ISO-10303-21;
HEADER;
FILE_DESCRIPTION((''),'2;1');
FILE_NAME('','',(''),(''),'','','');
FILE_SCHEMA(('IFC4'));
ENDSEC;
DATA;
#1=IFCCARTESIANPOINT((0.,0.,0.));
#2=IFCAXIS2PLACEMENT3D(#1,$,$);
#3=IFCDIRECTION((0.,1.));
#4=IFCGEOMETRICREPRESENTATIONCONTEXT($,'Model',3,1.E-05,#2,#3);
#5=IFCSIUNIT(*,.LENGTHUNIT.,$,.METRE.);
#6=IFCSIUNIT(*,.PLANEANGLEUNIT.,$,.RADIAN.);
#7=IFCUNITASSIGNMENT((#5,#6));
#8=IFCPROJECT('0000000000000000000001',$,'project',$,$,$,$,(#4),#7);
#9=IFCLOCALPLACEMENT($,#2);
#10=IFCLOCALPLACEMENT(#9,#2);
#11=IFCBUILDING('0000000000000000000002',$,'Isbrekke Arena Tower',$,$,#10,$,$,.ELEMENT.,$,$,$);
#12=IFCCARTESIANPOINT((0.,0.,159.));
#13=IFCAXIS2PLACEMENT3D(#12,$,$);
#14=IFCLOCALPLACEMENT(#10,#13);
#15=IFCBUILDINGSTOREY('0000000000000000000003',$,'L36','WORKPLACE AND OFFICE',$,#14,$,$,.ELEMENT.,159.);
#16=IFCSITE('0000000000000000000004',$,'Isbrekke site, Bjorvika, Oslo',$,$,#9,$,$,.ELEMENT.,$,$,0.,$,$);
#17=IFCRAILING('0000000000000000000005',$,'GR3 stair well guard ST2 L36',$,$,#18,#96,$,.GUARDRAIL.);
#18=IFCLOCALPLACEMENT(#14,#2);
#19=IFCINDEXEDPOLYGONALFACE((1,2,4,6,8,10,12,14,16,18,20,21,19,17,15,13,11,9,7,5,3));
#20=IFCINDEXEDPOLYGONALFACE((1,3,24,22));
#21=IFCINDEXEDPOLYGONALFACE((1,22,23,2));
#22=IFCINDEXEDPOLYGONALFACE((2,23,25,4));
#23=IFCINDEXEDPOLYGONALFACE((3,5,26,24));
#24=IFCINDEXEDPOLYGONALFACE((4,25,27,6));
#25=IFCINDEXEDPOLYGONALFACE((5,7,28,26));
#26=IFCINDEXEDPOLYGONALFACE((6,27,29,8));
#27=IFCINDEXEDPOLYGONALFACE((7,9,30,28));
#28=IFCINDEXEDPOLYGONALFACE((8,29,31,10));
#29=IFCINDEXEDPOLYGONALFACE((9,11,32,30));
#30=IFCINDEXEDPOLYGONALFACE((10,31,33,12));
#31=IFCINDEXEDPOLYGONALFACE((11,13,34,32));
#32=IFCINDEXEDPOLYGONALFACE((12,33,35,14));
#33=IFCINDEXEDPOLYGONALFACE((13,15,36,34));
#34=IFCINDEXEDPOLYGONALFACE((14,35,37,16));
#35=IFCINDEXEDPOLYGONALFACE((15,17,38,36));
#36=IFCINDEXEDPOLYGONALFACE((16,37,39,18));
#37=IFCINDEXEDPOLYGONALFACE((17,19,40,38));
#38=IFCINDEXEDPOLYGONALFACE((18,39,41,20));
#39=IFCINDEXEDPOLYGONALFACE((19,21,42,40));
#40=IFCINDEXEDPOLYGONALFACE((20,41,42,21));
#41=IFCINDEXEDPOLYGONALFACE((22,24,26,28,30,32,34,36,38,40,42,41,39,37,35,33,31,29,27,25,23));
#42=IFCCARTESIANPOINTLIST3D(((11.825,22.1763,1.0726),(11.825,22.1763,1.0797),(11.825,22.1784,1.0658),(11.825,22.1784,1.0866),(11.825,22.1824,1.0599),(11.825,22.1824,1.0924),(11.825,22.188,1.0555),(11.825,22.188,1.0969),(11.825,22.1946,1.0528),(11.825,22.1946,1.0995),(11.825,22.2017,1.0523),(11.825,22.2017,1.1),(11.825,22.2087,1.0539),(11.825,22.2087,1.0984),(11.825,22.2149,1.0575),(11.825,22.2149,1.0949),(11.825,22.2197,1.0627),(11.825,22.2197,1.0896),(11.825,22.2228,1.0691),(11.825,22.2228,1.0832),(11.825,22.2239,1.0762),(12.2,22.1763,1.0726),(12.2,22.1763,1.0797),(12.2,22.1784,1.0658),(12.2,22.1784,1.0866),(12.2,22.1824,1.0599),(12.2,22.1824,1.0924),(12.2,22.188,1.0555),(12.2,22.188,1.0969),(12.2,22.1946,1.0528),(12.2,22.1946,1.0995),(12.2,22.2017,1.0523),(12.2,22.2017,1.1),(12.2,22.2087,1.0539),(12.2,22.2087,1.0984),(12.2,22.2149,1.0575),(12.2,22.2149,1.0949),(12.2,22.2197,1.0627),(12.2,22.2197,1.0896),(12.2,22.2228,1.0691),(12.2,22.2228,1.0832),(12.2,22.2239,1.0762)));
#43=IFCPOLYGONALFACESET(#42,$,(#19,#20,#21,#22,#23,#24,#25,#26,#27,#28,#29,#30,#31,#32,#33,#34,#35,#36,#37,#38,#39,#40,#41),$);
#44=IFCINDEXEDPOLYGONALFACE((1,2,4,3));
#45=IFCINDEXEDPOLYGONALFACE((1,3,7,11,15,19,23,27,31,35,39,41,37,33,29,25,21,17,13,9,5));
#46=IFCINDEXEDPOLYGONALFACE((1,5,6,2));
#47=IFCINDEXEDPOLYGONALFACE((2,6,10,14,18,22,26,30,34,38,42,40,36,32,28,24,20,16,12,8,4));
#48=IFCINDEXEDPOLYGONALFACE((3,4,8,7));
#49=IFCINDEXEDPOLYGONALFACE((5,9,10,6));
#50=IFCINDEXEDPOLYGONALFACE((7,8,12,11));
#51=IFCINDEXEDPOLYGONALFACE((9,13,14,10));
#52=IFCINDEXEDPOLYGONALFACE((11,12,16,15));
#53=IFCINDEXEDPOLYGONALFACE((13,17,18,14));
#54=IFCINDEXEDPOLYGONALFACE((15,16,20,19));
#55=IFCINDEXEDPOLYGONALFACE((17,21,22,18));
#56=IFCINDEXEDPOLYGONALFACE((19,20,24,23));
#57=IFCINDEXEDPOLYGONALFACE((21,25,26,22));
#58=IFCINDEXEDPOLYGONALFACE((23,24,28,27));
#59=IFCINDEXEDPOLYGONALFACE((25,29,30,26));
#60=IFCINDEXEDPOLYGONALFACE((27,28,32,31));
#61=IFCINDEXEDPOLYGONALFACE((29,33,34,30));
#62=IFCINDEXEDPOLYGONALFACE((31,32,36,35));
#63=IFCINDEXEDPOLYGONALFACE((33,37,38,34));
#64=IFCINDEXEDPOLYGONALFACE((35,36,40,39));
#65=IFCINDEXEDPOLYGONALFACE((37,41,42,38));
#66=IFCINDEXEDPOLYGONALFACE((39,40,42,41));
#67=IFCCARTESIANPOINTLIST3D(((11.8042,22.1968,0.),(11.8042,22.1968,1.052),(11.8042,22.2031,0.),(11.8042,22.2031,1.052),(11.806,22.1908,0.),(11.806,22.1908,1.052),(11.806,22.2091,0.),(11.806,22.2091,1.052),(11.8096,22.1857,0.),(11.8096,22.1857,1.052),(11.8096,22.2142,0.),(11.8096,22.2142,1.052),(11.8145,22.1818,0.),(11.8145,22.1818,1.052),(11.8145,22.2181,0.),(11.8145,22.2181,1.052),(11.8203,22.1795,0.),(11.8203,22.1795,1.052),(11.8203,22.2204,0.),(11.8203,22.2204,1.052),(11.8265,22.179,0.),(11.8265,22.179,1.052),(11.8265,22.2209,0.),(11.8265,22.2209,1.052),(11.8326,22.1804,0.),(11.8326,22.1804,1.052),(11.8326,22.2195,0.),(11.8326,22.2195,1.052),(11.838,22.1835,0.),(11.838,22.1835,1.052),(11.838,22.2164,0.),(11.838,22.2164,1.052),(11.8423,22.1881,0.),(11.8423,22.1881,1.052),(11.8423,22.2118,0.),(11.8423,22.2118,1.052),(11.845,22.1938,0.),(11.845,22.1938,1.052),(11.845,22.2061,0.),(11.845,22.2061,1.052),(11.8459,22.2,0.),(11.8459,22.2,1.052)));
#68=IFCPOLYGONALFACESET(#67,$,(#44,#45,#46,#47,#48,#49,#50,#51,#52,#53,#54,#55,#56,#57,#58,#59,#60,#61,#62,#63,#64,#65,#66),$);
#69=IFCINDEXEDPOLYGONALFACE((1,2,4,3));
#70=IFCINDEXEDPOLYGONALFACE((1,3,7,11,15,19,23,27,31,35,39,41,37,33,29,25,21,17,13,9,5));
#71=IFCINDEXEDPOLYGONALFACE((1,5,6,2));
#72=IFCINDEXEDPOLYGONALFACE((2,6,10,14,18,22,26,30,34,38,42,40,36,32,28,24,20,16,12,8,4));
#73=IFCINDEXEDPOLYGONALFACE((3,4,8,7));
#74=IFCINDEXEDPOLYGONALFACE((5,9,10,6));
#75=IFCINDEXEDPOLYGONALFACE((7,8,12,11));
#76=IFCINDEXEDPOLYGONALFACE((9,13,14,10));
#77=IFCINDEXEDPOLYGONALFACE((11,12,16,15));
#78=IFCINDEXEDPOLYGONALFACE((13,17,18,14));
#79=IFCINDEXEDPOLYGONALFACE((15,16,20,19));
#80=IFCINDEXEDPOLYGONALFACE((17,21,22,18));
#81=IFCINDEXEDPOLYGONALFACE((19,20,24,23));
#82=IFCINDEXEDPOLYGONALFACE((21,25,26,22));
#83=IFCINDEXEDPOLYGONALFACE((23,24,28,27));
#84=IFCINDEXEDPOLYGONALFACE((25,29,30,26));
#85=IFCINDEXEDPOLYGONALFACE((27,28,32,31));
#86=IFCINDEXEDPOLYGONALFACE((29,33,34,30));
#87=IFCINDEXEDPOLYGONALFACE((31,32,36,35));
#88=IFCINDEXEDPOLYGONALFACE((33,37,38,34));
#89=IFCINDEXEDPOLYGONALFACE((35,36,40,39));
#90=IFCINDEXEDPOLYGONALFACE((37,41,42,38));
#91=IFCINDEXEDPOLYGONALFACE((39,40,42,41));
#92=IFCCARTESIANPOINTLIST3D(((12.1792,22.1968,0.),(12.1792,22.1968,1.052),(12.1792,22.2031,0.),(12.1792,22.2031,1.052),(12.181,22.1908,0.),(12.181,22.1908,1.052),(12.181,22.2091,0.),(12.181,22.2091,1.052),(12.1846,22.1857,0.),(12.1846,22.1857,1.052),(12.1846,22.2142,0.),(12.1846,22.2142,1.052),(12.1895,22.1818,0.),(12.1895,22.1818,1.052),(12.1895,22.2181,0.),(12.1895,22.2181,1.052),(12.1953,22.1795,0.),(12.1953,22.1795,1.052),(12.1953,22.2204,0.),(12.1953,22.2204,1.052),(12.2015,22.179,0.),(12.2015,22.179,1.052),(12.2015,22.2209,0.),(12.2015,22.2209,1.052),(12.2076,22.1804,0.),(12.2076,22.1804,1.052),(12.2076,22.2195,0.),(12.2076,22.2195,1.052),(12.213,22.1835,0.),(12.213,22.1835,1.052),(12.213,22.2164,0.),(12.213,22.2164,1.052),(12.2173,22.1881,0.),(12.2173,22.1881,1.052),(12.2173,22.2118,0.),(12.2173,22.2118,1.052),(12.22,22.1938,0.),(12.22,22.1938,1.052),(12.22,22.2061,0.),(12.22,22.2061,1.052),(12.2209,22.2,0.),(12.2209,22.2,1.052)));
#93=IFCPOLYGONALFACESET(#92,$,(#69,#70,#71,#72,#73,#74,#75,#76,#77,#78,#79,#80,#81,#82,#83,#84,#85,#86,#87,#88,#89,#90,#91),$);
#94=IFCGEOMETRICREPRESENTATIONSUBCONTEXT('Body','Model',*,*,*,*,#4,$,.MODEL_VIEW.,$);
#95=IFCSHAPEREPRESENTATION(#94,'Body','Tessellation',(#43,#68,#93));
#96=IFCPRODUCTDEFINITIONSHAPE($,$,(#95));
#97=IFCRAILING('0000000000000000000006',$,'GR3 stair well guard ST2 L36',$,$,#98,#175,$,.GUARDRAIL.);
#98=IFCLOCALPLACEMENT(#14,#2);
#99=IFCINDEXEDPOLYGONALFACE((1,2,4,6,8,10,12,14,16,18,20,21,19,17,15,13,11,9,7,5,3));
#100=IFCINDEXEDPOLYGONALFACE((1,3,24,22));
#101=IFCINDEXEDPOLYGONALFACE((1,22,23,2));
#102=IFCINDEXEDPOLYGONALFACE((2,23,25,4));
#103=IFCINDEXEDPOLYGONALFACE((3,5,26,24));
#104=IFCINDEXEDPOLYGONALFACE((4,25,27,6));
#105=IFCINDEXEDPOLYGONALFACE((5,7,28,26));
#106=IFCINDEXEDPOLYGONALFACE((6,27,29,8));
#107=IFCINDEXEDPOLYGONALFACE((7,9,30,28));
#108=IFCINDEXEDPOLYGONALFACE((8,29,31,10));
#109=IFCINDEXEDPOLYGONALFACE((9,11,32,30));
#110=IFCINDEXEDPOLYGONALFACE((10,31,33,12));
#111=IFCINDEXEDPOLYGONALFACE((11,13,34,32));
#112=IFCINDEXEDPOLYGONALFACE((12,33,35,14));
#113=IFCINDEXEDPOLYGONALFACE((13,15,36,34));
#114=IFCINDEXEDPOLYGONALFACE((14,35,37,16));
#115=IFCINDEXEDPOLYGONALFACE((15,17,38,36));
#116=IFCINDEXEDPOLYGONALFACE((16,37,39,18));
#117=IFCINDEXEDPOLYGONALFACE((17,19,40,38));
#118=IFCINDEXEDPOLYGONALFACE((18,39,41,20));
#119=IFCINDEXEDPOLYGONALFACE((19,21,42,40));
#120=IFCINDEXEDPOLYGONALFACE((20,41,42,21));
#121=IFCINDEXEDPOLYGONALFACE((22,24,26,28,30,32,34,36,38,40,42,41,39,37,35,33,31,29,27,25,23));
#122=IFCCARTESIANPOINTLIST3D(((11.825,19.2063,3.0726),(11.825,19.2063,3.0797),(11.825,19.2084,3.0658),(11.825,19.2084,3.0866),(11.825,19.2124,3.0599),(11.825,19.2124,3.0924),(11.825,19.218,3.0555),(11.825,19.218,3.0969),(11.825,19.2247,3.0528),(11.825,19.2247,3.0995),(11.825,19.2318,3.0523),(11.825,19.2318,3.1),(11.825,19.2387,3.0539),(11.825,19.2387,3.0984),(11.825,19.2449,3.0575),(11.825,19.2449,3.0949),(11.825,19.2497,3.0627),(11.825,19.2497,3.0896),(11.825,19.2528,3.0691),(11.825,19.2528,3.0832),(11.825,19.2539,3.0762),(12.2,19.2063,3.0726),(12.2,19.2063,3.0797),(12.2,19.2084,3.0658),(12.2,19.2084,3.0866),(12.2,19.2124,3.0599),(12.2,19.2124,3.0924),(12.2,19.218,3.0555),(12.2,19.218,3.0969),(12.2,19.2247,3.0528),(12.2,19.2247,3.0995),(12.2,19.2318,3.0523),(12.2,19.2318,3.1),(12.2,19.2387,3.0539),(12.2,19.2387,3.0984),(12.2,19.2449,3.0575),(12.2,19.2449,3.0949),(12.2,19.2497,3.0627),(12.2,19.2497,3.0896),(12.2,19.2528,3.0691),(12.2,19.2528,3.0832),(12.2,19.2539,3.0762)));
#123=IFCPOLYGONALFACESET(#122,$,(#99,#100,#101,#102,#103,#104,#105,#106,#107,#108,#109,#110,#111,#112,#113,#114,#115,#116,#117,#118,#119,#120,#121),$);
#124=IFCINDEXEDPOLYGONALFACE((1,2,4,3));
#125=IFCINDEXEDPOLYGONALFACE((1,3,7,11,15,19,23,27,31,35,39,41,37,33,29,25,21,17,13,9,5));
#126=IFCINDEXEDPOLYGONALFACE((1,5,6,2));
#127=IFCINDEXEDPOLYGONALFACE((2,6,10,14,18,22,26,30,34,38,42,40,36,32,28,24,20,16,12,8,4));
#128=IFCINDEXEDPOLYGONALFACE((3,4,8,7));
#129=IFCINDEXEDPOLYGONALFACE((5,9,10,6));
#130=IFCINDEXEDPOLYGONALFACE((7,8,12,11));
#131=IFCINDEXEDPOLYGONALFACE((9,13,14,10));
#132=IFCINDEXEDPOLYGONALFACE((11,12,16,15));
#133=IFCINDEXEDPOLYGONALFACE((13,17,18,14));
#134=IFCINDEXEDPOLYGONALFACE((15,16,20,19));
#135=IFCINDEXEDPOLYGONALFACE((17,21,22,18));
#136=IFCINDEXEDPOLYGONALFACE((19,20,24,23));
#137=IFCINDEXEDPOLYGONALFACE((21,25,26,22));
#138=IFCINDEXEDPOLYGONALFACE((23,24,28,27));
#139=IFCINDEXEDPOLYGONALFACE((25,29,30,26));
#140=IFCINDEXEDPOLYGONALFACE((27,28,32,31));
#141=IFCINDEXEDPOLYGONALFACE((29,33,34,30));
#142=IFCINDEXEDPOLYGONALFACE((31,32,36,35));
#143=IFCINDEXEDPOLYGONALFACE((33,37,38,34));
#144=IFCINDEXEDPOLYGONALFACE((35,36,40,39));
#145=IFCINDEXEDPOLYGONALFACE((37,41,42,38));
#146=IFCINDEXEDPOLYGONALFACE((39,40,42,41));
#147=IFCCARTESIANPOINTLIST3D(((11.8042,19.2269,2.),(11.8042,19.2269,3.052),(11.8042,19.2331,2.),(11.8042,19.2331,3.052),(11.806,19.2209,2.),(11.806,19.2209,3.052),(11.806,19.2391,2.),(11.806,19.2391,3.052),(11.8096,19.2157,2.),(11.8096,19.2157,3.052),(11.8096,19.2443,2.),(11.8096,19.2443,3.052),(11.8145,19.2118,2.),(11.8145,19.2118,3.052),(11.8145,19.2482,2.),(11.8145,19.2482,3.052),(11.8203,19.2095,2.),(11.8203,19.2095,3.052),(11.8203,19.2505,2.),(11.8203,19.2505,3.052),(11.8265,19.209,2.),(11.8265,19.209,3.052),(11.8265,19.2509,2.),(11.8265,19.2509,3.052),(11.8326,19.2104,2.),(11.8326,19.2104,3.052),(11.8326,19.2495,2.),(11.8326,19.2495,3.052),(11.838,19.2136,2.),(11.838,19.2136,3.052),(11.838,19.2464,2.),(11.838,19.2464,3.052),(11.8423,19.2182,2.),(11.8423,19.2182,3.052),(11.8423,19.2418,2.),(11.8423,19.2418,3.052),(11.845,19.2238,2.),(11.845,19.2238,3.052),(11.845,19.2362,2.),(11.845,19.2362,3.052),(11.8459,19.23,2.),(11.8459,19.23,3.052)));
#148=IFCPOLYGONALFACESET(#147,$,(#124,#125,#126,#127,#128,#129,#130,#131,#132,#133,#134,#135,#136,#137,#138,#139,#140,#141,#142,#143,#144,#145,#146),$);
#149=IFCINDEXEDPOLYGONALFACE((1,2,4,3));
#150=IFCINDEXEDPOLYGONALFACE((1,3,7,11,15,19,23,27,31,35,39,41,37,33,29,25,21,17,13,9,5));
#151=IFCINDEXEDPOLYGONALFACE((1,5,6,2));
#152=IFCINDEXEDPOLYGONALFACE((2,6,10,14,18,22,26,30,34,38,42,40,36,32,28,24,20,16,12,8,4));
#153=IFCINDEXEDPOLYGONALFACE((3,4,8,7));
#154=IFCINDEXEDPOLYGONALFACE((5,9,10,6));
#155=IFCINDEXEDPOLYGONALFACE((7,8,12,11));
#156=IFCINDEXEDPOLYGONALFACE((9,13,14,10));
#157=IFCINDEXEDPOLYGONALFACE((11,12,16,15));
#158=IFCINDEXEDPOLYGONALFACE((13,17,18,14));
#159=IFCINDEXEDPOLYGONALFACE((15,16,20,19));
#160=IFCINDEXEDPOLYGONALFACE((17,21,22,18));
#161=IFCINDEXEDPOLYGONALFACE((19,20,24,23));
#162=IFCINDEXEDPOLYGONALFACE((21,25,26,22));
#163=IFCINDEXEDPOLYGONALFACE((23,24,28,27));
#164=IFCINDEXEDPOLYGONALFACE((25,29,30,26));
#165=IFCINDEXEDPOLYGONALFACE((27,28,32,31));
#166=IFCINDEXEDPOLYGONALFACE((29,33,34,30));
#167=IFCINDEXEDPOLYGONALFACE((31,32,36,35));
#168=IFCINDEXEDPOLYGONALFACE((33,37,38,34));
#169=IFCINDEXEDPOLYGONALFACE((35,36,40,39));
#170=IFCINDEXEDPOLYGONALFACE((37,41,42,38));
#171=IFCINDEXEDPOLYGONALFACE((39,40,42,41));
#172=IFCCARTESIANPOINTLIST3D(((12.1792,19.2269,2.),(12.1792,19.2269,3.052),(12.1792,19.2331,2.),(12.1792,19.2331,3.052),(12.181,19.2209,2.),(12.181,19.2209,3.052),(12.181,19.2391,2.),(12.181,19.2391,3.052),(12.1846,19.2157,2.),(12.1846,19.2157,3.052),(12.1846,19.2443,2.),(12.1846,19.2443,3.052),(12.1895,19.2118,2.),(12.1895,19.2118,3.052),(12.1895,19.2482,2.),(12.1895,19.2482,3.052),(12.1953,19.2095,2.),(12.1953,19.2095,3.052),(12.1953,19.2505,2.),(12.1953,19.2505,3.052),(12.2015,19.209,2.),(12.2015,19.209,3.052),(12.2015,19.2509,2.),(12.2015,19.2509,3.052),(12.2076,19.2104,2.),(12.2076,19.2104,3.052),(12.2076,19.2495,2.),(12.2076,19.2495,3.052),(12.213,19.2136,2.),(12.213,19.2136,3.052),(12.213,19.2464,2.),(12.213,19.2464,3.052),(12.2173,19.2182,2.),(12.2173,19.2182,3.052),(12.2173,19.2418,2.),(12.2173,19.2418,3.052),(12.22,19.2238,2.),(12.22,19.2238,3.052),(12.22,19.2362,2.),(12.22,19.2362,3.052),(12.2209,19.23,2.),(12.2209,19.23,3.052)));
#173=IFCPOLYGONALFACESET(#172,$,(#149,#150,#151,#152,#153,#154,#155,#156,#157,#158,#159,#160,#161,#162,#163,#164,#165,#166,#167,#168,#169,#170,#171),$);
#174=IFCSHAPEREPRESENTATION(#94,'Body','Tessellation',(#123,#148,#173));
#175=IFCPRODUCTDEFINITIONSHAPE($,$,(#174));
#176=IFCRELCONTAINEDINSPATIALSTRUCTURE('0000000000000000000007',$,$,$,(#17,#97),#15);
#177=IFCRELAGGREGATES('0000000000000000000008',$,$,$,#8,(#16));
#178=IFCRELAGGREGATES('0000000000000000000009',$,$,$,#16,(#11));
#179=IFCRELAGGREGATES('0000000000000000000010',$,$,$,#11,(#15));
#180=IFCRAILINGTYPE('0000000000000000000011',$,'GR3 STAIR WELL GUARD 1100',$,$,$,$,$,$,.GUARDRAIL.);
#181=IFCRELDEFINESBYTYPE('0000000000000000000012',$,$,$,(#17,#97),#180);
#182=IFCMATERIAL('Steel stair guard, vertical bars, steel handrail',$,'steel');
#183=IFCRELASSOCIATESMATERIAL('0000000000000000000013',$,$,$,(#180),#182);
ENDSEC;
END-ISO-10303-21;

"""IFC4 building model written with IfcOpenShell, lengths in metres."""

from ifc_helpers import new_model, si_unit, direction, frame, origin, origin_2d, place, context, subcontext, project, spatial, circle, extrude, material, type_object, element, save


model = new_model("IFC4")

# Units and contexts
model_context = context("Model", 3, precision=1e-05, world=origin(), true_north=direction((0.0, 1.0)))
body_context = subcontext(model_context, "Body", "Model", "MODEL_VIEW")
ifc_project = project(units=[si_unit("LENGTHUNIT", "METRE"), si_unit("PLANEANGLEUNIT", "RADIAN")], contexts=[model_context])

# Site, building, storey
site_placement = place(None, origin())
site = spatial("IfcSite", under=ifc_project, at=site_placement, Name="Isbrekke site, Bjorvika, Oslo", CompositionType="ELEMENT", RefElevation=0.0)
building_placement = place(site_placement, origin())
building = spatial("IfcBuilding", under=site, at=building_placement, Name="Isbrekke Arena Tower", CompositionType="ELEMENT")
storey_placement = place(building_placement, frame((0.0, 0.0, 159.0)))
storey = spatial("IfcBuildingStorey", under=building, at=storey_placement, Name="L36", Description="WORKPLACE AND OFFICE", CompositionType="ELEMENT", Elevation=159.0)

# Railings
ifc_material_1 = material(Name="Steel stair guard, vertical bars, steel handrail", Category="steel")
railing_type = type_object("IfcRailingType", Name="GR3 STAIR WELL GUARD 1100", PredefinedType="GUARDRAIL", material=ifc_material_1)
for number, where, name in (
    (1, (11.825, 22.2, 0.0), "GR3 stair well guard ST2 L36"),
    (2, (11.825, 19.23, 2.0), "GR3 stair well guard ST2 L36"),
):
    element("IfcRailing", number, at=place(storey_placement, frame(where)), inside=storey, type_object=railing_type, Name=name, PredefinedType="GUARDRAIL", context=body_context, shape_type="SweptSolid", body=[
        extrude(circle(Radius=0.0239, at=origin_2d()), frame((0.0, 0.0, 1.0762), z_axis=(1.0, 0.0, 0.0), x_axis=(0.0, 1.0, 0.0)), (0.0, 0.0, 1.0), 0.375),
        extrude(circle(Radius=0.021, at=origin_2d()), origin(), (0.0, 0.0, 1.0), 1.052),
        extrude(circle(Radius=0.021, at=origin_2d()), frame((0.375, 0.0, 0.0)), (0.0, 0.0, 1.0), 1.052),
    ])

save(model, "model.ifc")
